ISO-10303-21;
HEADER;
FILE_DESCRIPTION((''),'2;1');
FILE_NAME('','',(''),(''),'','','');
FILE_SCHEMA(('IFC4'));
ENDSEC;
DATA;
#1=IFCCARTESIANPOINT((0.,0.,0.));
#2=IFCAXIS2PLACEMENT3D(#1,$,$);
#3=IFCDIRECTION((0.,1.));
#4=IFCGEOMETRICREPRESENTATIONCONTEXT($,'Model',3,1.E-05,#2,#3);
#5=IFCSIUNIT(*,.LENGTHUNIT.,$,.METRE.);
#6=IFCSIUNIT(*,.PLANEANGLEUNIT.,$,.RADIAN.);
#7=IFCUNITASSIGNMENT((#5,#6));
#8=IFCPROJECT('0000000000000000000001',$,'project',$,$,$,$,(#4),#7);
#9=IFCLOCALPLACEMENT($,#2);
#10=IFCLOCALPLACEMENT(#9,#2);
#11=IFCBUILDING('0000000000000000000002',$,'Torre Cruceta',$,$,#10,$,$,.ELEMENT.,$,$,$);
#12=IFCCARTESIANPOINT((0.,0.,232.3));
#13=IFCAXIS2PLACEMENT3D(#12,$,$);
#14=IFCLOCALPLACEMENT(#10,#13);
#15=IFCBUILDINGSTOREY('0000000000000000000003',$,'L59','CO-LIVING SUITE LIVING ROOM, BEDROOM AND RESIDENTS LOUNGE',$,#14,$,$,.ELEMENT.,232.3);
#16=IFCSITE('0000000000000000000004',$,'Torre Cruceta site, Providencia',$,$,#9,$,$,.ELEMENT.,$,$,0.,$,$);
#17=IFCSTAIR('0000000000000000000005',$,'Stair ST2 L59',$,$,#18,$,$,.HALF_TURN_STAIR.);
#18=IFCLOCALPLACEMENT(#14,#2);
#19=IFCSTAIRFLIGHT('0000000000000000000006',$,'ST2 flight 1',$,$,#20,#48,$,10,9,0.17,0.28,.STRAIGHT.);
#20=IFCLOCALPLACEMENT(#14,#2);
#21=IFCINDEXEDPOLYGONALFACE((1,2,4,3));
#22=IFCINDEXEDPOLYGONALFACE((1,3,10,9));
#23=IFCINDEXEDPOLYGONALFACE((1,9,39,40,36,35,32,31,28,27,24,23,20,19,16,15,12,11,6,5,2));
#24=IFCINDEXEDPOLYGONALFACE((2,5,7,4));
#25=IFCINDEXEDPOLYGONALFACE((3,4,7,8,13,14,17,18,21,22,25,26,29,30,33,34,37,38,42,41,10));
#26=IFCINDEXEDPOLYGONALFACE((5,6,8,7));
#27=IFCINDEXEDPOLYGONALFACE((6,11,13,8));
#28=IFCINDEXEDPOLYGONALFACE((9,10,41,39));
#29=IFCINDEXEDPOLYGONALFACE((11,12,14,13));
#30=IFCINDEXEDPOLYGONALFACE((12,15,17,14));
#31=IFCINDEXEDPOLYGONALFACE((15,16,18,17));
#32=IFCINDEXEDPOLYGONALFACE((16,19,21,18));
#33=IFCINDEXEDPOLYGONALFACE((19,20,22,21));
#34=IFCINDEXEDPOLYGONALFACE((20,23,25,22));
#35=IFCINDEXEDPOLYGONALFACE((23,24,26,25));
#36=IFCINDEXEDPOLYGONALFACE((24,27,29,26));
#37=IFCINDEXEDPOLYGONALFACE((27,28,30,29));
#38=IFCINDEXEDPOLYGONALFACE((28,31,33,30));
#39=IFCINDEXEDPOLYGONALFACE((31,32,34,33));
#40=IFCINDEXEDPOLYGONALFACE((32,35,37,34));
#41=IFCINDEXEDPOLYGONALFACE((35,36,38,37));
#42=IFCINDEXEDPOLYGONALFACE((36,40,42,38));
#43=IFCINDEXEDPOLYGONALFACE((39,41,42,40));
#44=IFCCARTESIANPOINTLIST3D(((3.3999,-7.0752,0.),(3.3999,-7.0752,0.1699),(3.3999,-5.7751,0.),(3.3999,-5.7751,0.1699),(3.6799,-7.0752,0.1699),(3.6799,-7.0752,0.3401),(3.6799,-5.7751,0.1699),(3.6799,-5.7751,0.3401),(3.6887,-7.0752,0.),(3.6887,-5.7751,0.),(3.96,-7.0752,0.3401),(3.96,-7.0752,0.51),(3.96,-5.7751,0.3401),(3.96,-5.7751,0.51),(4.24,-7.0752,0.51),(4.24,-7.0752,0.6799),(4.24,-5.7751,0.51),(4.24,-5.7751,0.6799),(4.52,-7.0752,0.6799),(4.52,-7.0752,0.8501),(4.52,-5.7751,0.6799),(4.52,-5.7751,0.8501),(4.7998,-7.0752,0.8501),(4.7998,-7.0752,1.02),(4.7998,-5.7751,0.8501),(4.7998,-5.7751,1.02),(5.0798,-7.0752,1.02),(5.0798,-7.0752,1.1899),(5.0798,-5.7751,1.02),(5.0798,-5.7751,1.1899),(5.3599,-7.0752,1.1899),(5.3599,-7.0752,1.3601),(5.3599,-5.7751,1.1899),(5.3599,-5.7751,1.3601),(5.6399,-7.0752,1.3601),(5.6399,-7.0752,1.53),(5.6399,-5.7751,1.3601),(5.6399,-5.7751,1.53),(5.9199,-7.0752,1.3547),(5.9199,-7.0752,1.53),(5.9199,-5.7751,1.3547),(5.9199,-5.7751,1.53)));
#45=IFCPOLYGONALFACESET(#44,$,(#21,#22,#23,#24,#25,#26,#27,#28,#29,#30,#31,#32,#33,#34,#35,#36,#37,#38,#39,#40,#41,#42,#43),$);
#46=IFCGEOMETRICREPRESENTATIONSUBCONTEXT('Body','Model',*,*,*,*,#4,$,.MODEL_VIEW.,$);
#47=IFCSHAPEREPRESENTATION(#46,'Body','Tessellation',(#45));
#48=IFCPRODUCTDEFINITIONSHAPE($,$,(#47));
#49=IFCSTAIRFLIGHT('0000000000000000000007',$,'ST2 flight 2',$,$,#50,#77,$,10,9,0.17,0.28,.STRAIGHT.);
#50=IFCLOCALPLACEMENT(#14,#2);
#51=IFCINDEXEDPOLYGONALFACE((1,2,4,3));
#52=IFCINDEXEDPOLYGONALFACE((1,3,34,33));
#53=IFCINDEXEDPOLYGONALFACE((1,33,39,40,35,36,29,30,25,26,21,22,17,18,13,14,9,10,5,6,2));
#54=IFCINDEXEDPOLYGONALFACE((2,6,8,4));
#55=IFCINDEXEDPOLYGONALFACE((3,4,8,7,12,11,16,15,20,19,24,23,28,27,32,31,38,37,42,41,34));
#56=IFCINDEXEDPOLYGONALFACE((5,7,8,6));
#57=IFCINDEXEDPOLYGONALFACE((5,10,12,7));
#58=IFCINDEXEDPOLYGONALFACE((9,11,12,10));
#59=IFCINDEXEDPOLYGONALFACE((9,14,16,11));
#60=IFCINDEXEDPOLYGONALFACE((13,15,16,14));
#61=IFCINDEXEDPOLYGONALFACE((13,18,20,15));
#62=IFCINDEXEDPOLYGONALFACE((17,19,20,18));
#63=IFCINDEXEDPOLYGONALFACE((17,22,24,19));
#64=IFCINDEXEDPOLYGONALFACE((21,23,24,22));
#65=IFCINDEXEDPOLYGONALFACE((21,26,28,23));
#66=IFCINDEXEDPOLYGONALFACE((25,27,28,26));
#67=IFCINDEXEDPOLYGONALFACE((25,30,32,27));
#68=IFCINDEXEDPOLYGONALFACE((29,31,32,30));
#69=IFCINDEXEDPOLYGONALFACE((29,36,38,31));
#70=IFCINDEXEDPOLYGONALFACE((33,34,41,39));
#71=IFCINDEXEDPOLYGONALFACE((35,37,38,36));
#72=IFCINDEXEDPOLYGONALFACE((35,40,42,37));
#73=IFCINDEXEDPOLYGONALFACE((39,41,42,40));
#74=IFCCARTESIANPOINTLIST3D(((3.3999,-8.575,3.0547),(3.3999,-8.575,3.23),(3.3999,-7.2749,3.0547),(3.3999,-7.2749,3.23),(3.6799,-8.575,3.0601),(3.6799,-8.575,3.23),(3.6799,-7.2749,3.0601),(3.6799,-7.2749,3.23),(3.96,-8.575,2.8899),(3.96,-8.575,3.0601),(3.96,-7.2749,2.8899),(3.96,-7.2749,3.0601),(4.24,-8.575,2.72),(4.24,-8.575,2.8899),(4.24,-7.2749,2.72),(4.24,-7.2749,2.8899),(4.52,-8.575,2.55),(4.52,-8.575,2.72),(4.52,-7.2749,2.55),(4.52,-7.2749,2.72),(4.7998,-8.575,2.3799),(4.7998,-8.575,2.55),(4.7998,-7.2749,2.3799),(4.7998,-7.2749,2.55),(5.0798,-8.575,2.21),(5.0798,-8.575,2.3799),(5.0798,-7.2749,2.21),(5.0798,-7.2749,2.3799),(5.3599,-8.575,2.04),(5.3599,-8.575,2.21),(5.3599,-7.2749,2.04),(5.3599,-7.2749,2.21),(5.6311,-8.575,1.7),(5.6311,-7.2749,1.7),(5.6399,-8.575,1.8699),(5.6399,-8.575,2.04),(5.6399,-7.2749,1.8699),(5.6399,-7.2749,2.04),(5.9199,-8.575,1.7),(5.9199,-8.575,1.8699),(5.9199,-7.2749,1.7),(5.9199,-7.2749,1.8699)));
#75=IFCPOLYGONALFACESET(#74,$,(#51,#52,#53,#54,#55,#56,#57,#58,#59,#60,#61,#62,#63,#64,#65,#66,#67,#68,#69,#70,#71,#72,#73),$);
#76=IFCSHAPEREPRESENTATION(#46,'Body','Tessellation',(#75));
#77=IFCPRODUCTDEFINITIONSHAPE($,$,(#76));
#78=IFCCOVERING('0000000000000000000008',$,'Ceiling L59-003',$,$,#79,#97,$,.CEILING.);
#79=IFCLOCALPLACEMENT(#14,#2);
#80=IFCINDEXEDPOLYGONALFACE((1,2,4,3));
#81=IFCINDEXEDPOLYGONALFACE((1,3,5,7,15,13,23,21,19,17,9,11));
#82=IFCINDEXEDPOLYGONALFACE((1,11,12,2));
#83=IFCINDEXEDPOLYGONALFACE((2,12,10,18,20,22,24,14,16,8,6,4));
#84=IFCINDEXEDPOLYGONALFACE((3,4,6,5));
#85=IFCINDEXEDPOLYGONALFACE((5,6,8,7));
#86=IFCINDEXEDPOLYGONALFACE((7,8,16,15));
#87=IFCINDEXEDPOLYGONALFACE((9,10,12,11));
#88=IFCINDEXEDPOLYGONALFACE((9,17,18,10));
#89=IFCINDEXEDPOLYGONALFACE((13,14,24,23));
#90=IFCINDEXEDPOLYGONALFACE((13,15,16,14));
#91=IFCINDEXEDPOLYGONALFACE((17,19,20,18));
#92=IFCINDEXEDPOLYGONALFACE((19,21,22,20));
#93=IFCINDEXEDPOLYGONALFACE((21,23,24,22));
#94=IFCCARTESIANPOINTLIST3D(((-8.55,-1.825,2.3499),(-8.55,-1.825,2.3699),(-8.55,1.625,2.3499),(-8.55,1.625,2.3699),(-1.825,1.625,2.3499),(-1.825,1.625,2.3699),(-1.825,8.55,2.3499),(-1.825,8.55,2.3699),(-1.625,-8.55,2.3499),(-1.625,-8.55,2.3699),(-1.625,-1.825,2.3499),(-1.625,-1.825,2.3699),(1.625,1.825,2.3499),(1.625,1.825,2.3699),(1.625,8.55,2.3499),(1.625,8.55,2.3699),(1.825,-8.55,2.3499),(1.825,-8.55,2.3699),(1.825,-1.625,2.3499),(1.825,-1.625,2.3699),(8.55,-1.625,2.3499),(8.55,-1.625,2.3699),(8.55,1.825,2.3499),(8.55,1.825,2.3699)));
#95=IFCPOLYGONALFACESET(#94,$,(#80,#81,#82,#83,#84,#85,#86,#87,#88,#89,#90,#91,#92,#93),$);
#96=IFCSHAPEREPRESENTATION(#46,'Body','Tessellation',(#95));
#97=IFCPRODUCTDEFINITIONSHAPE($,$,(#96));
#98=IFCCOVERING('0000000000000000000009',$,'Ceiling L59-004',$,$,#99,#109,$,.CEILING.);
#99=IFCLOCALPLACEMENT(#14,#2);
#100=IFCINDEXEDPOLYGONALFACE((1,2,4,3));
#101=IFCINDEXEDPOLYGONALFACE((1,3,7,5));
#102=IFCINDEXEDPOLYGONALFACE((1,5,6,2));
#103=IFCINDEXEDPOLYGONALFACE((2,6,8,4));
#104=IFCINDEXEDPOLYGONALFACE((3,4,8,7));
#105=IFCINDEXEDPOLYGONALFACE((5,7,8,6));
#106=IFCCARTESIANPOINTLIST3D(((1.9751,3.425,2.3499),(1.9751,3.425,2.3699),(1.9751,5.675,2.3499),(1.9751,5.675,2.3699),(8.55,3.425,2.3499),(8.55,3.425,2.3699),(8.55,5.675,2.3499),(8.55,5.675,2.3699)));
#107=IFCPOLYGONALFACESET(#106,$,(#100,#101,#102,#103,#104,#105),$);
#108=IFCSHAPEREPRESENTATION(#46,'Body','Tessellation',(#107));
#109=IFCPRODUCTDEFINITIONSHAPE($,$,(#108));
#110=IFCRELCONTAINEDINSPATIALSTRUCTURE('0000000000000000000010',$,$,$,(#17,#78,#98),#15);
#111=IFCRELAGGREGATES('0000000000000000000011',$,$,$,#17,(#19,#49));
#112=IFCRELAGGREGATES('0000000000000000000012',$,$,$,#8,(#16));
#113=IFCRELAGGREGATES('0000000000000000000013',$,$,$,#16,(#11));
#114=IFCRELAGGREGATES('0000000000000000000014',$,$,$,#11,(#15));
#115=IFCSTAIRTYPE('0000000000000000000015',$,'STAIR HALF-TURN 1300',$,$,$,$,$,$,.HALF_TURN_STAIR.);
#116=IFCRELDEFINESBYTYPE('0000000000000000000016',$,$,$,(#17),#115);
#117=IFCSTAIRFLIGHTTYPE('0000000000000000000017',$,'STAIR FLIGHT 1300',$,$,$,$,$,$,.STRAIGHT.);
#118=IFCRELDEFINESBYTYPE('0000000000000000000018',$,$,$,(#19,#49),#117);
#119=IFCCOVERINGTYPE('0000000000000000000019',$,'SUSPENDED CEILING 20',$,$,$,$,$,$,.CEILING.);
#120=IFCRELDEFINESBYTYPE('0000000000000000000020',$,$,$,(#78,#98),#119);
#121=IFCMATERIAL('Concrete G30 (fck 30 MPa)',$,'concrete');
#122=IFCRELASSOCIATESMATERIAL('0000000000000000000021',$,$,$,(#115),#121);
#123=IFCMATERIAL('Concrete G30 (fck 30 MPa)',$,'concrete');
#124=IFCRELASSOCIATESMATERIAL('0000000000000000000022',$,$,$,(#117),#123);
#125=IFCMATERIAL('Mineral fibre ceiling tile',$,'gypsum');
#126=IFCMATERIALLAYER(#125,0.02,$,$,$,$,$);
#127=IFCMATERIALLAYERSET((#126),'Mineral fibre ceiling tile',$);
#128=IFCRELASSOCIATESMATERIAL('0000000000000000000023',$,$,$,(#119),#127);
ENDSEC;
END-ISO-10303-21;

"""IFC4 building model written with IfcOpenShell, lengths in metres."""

from ifc_helpers import new_model, si_unit, direction, frame, origin, place, context, subcontext, project, spatial, polyline, outline, extrude, material, layer, layer_set, type_object, element, aggregate, save


model = new_model("IFC4")

# Units and contexts
model_context = context("Model", 3, precision=1e-05, world=origin(), true_north=direction((0.0, 1.0)))
body_context = subcontext(model_context, "Body", "Model", "MODEL_VIEW")
ifc_project = project(units=[si_unit("LENGTHUNIT", "METRE"), si_unit("PLANEANGLEUNIT", "RADIAN")], contexts=[model_context])

# Site, building, storey
site_placement = place(None, origin())
site = spatial("IfcSite", under=ifc_project, at=site_placement, Name="Torre Cruceta site, Providencia", CompositionType="ELEMENT", RefElevation=0.0)
building_placement = place(site_placement, origin())
building = spatial("IfcBuilding", under=site, at=building_placement, Name="Torre Cruceta", CompositionType="ELEMENT")
storey_placement = place(building_placement, frame((0.0, 0.0, 232.3)))
storey = spatial("IfcBuildingStorey", under=building, at=storey_placement, Name="L59", Description="CO-LIVING SUITE LIVING ROOM, BEDROOM AND RESIDENTS LOUNGE", CompositionType="ELEMENT", Elevation=232.3)

# Stair
ifc_material_1 = material(Name="Concrete G30 (fck 30 MPa)", Category="concrete")
stair_type = type_object("IfcStairType", Name="STAIR HALF-TURN 1300", PredefinedType="HALF_TURN_STAIR", material=ifc_material_1)
stair_1_placement = place(storey_placement, origin())
stair_1 = element("IfcStair", 1, at=stair_1_placement, inside=storey, type_object=stair_type, Name="Stair ST2 L59", PredefinedType="HALF_TURN_STAIR")

# Stair flights
ifc_material_2 = material(Name="Concrete G30 (fck 30 MPa)", Category="concrete")
stair_flight_type = type_object("IfcStairFlightType", Name="STAIR FLIGHT 1300", PredefinedType="STRAIGHT", material=ifc_material_2)
stair_flight_1_placement = place(storey_placement, frame((3.3999, -6.425, 0.0), z_axis=(0.0, 0.0, 1.0), x_axis=(1.0, 0.0, 0.0)))
stair_flight_1 = element("IfcStairFlight", 2, at=stair_flight_1_placement, type_object=stair_flight_type, Name="ST2 flight 1", NumberOfRisers=10, NumberOfTreads=9, PredefinedType="STRAIGHT", RiserHeight=0.17, TreadLength=0.28, context=body_context, shape_type="SweptSolid", body=[
    extrude(outline(polyline([(0.0, 0.0), (0.0, 0.1699), (0.28, 0.1699), (0.28, 0.3401), (0.5601, 0.3401), (0.5601, 0.51), (0.8401, 0.51), (0.8401, 0.6799), (1.1201, 0.6799), (1.1201, 0.8501), (1.3999, 0.8501), (1.3999, 1.02), (1.6799, 1.02), (1.6799, 1.1899), (1.96, 1.1899), (1.96, 1.3601), (2.24, 1.3601), (2.24, 1.53), (2.52, 1.53), (2.52, 1.7), (2.52, 1.3547), (0.2888, 0.0), (0.0, 0.0)])), frame((0.0, 0.6499, 0.0), z_axis=(0.0, -1.0, 0.0), x_axis=(1.0, 0.0, 0.0)), (0.0, 0.0, 1.0), 1.3),
])
stair_flight_2_placement = place(storey_placement, frame((5.9199, -7.925, 1.7), z_axis=(0.0, 0.0, 1.0), x_axis=(-1.0, 0.0, 0.0)))
stair_flight_2 = element("IfcStairFlight", 3, at=stair_flight_2_placement, type_object=stair_flight_type, Name="ST2 flight 2", NumberOfRisers=10, NumberOfTreads=9, PredefinedType="STRAIGHT", RiserHeight=0.17, TreadLength=0.28, context=body_context, shape_type="SweptSolid", body=[
    extrude(outline(polyline([(0.0, 0.0), (0.0, 0.1699), (0.28, 0.1699), (0.28, 0.3401), (0.5601, 0.3401), (0.5601, 0.51), (0.8401, 0.51), (0.8401, 0.6799), (1.1201, 0.6799), (1.1201, 0.8501), (1.3999, 0.8501), (1.3999, 1.02), (1.6799, 1.02), (1.6799, 1.1899), (1.96, 1.1899), (1.96, 1.3601), (2.24, 1.3601), (2.24, 1.53), (2.52, 1.53), (2.52, 1.7), (2.52, 1.3547), (0.2888, 0.0), (0.0, 0.0)])), frame((0.0, 0.6499, 0.0), z_axis=(0.0, -1.0, 0.0), x_axis=(1.0, 0.0, 0.0)), (0.0, 0.0, 1.0), 1.3),
])
aggregate(stair_1, [stair_flight_1, stair_flight_2])

# Coverings
ifc_material_3 = material(Name="Mineral fibre ceiling tile", Category="gypsum")
ifc_layer_1 = layer(ifc_material_3, 0.02)
ifc_layer_set_1 = layer_set([ifc_layer_1], Name="Mineral fibre ceiling tile")
covering_type = type_object("IfcCoveringType", Name="SUSPENDED CEILING 20", PredefinedType="CEILING", material=ifc_layer_set_1)
covering_1_placement = place(storey_placement, frame((0.0, 0.0, 2.3499)))
element("IfcCovering", 4, at=covering_1_placement, inside=storey, type_object=covering_type, Name="Ceiling L59-003", PredefinedType="CEILING", context=body_context, shape_type="SweptSolid", body=[
    extrude(outline(polyline([(-1.625, -8.55), (-1.625, -1.825), (-8.55, -1.825), (-8.55, 1.625), (-1.825, 1.625), (-1.825, 8.55), (1.625, 8.55), (1.625, 1.825), (8.55, 1.825), (8.55, -1.625), (1.825, -1.625), (1.825, -8.55), (-1.625, -8.55)])), origin(), (0.0, 0.0, 1.0), 0.02),
])
covering_2_placement = place(storey_placement, frame((0.0, 0.0, 2.3499)))
element("IfcCovering", 5, at=covering_2_placement, inside=storey, type_object=covering_type, Name="Ceiling L59-004", PredefinedType="CEILING", context=body_context, shape_type="SweptSolid", body=[
    extrude(outline(polyline([(1.9751, 3.425), (1.9751, 5.675), (8.55, 5.675), (8.55, 3.425), (1.9751, 3.425)])), origin(), (0.0, 0.0, 1.0), 0.02),
])

save(model, "model.ifc")
